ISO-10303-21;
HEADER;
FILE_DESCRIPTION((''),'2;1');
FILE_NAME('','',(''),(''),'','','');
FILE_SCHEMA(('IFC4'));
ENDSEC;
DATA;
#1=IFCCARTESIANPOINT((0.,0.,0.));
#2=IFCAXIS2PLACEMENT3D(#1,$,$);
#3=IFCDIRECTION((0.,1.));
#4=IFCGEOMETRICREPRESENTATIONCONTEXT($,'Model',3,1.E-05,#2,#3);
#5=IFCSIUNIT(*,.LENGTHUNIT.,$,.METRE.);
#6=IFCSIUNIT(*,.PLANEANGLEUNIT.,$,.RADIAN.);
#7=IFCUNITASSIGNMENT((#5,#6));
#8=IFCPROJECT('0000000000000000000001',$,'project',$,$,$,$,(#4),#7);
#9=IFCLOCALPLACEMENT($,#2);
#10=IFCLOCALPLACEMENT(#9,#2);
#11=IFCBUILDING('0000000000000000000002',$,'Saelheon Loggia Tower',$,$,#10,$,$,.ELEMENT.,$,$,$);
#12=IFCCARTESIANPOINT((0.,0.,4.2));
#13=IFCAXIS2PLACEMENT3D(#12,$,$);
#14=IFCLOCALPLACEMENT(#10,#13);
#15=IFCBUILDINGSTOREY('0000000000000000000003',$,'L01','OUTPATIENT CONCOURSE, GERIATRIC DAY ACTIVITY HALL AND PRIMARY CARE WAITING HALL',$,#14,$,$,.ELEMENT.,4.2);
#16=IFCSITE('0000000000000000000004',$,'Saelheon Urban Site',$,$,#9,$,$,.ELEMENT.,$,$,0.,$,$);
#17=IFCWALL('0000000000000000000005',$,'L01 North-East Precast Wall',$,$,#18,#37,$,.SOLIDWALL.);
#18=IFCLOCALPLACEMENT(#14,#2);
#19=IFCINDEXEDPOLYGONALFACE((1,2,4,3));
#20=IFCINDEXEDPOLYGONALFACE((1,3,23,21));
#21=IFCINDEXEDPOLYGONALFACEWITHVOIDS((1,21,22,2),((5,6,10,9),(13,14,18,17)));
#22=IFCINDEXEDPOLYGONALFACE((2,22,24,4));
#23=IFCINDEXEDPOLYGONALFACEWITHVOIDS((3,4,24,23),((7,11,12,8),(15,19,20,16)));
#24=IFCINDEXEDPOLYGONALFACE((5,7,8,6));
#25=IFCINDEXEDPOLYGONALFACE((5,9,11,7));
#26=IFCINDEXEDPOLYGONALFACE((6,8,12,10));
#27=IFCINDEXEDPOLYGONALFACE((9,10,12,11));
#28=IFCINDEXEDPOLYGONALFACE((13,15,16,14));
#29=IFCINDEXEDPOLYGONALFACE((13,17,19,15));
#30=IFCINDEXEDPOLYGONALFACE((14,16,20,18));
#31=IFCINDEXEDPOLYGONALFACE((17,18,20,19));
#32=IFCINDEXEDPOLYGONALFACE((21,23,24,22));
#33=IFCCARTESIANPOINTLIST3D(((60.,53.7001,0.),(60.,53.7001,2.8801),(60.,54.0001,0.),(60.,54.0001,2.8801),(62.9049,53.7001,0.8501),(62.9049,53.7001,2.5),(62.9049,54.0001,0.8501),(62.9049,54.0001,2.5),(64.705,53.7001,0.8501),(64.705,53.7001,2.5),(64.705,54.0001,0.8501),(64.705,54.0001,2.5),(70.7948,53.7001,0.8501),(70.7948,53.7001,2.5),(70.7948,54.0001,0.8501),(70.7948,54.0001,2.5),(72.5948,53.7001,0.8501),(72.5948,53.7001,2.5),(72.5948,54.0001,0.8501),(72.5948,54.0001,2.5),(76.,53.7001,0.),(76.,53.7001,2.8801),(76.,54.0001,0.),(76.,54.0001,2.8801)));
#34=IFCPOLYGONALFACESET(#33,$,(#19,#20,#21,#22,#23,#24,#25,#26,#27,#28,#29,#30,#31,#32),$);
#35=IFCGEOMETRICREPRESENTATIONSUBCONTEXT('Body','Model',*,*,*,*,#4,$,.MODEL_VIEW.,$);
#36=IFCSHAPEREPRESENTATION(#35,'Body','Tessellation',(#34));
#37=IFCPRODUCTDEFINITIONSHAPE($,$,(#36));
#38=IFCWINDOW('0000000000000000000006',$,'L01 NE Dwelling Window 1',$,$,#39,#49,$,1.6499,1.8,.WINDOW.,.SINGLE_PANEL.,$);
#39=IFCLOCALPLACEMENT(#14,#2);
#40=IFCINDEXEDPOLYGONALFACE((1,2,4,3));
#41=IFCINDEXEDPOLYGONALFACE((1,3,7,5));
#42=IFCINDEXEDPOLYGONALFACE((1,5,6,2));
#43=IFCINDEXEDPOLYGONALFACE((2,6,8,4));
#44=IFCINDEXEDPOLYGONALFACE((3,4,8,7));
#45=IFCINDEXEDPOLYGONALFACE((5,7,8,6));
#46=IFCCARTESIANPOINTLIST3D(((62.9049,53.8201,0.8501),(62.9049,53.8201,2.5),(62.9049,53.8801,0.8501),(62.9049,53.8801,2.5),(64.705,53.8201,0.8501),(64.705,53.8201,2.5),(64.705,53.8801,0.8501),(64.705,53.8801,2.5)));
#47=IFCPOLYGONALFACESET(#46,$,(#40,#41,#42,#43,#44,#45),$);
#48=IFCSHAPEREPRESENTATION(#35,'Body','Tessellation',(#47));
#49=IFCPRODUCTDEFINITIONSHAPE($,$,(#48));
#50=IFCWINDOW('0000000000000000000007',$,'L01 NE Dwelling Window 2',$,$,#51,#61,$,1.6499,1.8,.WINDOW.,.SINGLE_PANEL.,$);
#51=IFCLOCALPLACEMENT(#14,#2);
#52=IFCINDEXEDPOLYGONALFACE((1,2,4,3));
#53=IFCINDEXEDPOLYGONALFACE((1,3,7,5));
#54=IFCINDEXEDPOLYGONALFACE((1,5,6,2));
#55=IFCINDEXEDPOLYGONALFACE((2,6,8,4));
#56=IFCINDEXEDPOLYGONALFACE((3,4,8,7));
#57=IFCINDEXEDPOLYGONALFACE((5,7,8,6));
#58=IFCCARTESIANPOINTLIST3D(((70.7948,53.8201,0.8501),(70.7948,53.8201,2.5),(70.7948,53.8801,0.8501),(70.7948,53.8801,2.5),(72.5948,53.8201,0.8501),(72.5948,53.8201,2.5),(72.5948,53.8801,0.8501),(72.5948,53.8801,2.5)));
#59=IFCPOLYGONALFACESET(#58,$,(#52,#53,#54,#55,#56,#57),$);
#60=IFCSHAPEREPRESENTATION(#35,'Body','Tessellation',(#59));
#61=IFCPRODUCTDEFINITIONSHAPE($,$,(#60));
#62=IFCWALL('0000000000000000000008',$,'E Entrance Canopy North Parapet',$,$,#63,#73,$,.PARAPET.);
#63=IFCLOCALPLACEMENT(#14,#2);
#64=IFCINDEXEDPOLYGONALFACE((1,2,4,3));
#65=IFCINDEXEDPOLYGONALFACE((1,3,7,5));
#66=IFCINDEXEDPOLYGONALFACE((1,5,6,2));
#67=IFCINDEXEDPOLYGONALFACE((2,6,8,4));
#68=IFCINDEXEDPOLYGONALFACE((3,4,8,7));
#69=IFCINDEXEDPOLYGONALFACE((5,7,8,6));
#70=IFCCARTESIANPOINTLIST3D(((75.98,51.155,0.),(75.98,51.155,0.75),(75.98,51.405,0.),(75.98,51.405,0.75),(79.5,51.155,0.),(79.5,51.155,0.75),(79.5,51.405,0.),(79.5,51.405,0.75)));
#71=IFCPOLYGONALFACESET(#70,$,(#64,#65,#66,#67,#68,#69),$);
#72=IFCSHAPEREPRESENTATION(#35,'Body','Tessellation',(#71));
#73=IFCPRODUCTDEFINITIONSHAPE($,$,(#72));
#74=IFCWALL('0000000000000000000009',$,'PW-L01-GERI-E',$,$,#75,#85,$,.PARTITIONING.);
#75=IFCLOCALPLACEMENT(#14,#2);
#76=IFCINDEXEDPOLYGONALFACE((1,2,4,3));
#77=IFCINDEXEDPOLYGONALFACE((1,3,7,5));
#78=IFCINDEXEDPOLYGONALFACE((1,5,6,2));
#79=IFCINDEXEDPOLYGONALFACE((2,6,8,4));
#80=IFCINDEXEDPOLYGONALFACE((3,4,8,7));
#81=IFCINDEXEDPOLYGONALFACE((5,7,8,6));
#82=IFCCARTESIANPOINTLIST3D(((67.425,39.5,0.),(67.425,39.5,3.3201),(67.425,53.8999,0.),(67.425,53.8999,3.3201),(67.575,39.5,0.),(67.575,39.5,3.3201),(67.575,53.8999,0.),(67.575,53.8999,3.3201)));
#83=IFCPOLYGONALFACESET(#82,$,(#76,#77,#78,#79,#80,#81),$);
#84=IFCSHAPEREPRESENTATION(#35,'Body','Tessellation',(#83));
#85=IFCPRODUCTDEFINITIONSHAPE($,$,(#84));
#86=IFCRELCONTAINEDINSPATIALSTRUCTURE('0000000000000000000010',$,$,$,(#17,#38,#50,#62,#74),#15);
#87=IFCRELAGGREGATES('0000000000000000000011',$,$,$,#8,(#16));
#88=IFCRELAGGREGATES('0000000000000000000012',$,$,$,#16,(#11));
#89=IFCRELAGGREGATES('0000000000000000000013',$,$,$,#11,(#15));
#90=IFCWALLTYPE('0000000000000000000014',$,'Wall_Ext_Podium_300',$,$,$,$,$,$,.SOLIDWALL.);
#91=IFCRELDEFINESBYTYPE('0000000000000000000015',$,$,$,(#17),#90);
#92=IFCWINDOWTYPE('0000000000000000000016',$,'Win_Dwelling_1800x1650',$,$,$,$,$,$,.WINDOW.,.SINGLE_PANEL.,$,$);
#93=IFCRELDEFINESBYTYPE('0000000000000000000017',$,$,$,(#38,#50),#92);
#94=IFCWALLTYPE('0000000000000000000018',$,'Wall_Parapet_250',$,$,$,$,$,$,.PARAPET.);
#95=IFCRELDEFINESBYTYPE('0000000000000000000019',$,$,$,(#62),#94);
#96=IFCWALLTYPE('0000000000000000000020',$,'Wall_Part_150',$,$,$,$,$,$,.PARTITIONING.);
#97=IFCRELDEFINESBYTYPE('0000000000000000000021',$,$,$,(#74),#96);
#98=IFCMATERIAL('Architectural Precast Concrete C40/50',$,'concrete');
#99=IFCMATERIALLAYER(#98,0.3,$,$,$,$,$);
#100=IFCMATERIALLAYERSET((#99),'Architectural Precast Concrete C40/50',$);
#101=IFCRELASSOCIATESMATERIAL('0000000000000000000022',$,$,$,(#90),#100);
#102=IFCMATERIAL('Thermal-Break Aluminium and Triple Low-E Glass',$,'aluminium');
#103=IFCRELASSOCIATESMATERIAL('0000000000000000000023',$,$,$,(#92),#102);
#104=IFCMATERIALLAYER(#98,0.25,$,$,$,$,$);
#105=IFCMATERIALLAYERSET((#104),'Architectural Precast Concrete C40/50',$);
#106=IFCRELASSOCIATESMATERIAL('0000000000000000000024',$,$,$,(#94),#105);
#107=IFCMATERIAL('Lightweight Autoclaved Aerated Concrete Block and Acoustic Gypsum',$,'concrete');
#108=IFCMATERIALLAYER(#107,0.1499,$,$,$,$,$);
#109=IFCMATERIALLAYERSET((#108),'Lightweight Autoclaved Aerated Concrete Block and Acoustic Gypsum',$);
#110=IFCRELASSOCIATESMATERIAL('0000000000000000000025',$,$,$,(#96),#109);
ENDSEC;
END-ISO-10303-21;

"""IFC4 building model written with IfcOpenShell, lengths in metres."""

from ifc_helpers import new_model, si_unit, direction, frame, frame_2d, origin, place, context, subcontext, project, spatial, rectangle, extrude, source, transform, mapped, material, layer, layer_set, type_object, element, fill, save


model = new_model("IFC4")

# Units and contexts
model_context = context("Model", 3, precision=1e-05, world=origin(), true_north=direction((0.0, 1.0)))
body_context = subcontext(model_context, "Body", "Model", "MODEL_VIEW")
ifc_project = project(units=[si_unit("LENGTHUNIT", "METRE"), si_unit("PLANEANGLEUNIT", "RADIAN")], contexts=[model_context])

# Site, building, storey
site_placement = place(None, origin())
site = spatial("IfcSite", under=ifc_project, at=site_placement, Name="Saelheon Urban Site", CompositionType="ELEMENT", RefElevation=0.0)
building_placement = place(site_placement, origin())
building = spatial("IfcBuilding", under=site, at=building_placement, Name="Saelheon Loggia Tower", CompositionType="ELEMENT")
storey_placement = place(building_placement, frame((0.0, 0.0, 4.2)))
storey = spatial("IfcBuildingStorey", under=building, at=storey_placement, Name="L01", Description="OUTPATIENT CONCOURSE, GERIATRIC DAY ACTIVITY HALL AND PRIMARY CARE WAITING HALL", CompositionType="ELEMENT", Elevation=4.2)

# Wall, openings, windows
ifc_material_1 = material(Name="Architectural Precast Concrete C40/50", Category="concrete")
ifc_layer_1 = layer(ifc_material_1, 0.3)
ifc_layer_set_1 = layer_set([ifc_layer_1], Name="Architectural Precast Concrete C40/50")
wall_type_1 = type_object("IfcWallType", Name="Wall_Ext_Podium_300", PredefinedType="SOLIDWALL", material=ifc_layer_set_1)
wall_1_placement = place(storey_placement, frame((60.0, 53.8501, 0.0), z_axis=(0.0, 0.0, 1.0), x_axis=(1.0, 0.0, 0.0)))
wall_1 = element("IfcWall", 1, at=wall_1_placement, inside=storey, type_object=wall_type_1, Name="L01 North-East Precast Wall", PredefinedType="SOLIDWALL", context=body_context, shape_type="SweptSolid", body=[
    extrude(rectangle(XDim=16.0, YDim=0.3, at=frame_2d((8.0, 0.0))), origin(), (0.0, 0.0, 1.0), 2.8801),
])
opening_1_placement = place(wall_1_placement, frame((2.905, 0.0, 0.8501)))
opening_1 = element("IfcOpeningElement", 2, at=opening_1_placement, cuts=wall_1, PredefinedType="OPENING", context=body_context, shape_type="SweptSolid", body=[
    extrude(rectangle(XDim=1.8, YDim=1.6499, at=frame_2d((0.8999, 0.825))), frame((0.0, 0.1621, 0.0), z_axis=(0.0, -1.0, 0.0), x_axis=(1.0, 0.0, 0.0)), (0.0, 0.0, 1.0), 0.324),
])
opening_2_placement = place(wall_1_placement, frame((10.7949, 0.0, 0.8501)))
opening_2 = element("IfcOpeningElement", 3, at=opening_2_placement, cuts=wall_1, PredefinedType="OPENING", context=body_context, shape_type="SweptSolid", body=[
    extrude(rectangle(XDim=1.8, YDim=1.6499, at=frame_2d((0.8999, 0.825))), frame((0.0, 0.1621, 0.0), z_axis=(0.0, -1.0, 0.0), x_axis=(1.0, 0.0, 0.0)), (0.0, 0.0, 1.0), 0.324),
])
ifc_material_2 = material(Name="Thermal-Break Aluminium and Triple Low-E Glass", Category="aluminium")
window_type = type_object("IfcWindowType", Name="Win_Dwelling_1800x1650", PartitioningType="SINGLE_PANEL", PredefinedType="WINDOW", material=ifc_material_2)
shared_shape_1 = source(origin(), body_context, "Body", "SweptSolid", [
    extrude(rectangle(XDim=1.8, YDim=1.6499, at=frame_2d((0.8999, 0.825))), frame((0.0, 0.03, 0.0), z_axis=(0.0, -1.0, 0.0), x_axis=(1.0, 0.0, 0.0)), (0.0, 0.0, 1.0), 0.0601),
])
window_1_placement = place(opening_1_placement, origin())
window_1 = element("IfcWindow", 4, at=window_1_placement, inside=storey, type_object=window_type, Name="L01 NE Dwelling Window 1", OverallHeight=1.6499, OverallWidth=1.8, PartitioningType="SINGLE_PANEL", PredefinedType="WINDOW", context=body_context, shape_type="MappedRepresentation", body=[
    mapped(shared_shape_1, transform((0.0, 0.0, 0.0), scale=1.0)),
])
fill(opening_1, window_1)
window_2_placement = place(opening_2_placement, origin())
window_2 = element("IfcWindow", 5, at=window_2_placement, inside=storey, type_object=window_type, Name="L01 NE Dwelling Window 2", OverallHeight=1.6499, OverallWidth=1.8, PartitioningType="SINGLE_PANEL", PredefinedType="WINDOW", context=body_context, shape_type="MappedRepresentation", body=[
    mapped(shared_shape_1, transform((0.0, 0.0, 0.0), scale=1.0)),
])
fill(opening_2, window_2)

# Walls
ifc_layer_2 = layer(ifc_material_1, 0.25)
ifc_layer_set_2 = layer_set([ifc_layer_2], Name="Architectural Precast Concrete C40/50")
wall_type_2 = type_object("IfcWallType", Name="Wall_Parapet_250", PredefinedType="PARAPET", material=ifc_layer_set_2)
wall_2_placement = place(storey_placement, frame((75.98, 51.28, 0.0), z_axis=(0.0, 0.0, 1.0), x_axis=(1.0, 0.0, 0.0)))
element("IfcWall", 6, at=wall_2_placement, inside=storey, type_object=wall_type_2, Name="E Entrance Canopy North Parapet", PredefinedType="PARAPET", context=body_context, shape_type="SweptSolid", body=[
    extrude(rectangle(XDim=3.52, YDim=0.25, at=frame_2d((1.76, 0.0))), origin(), (0.0, 0.0, 1.0), 0.75),
])
ifc_material_3 = material(Name="Lightweight Autoclaved Aerated Concrete Block and Acoustic Gypsum", Category="concrete")
ifc_layer_3 = layer(ifc_material_3, 0.1499)
ifc_layer_set_3 = layer_set([ifc_layer_3], Name="Lightweight Autoclaved Aerated Concrete Block and Acoustic Gypsum")
wall_type_3 = type_object("IfcWallType", Name="Wall_Part_150", PredefinedType="PARTITIONING", material=ifc_layer_set_3)
wall_3_placement = place(storey_placement, frame((67.5, 39.5, 0.0), z_axis=(0.0, 0.0, 1.0), x_axis=(0.0, 1.0, 0.0)))
element("IfcWall", 7, at=wall_3_placement, inside=storey, type_object=wall_type_3, Name="PW-L01-GERI-E", PredefinedType="PARTITIONING", context=body_context, shape_type="SweptSolid", body=[
    extrude(rectangle(XDim=14.3999, YDim=0.1499, at=frame_2d((7.2, 0.0))), origin(), (0.0, 0.0, 1.0), 3.3201),
])

save(model, "model.ifc")
